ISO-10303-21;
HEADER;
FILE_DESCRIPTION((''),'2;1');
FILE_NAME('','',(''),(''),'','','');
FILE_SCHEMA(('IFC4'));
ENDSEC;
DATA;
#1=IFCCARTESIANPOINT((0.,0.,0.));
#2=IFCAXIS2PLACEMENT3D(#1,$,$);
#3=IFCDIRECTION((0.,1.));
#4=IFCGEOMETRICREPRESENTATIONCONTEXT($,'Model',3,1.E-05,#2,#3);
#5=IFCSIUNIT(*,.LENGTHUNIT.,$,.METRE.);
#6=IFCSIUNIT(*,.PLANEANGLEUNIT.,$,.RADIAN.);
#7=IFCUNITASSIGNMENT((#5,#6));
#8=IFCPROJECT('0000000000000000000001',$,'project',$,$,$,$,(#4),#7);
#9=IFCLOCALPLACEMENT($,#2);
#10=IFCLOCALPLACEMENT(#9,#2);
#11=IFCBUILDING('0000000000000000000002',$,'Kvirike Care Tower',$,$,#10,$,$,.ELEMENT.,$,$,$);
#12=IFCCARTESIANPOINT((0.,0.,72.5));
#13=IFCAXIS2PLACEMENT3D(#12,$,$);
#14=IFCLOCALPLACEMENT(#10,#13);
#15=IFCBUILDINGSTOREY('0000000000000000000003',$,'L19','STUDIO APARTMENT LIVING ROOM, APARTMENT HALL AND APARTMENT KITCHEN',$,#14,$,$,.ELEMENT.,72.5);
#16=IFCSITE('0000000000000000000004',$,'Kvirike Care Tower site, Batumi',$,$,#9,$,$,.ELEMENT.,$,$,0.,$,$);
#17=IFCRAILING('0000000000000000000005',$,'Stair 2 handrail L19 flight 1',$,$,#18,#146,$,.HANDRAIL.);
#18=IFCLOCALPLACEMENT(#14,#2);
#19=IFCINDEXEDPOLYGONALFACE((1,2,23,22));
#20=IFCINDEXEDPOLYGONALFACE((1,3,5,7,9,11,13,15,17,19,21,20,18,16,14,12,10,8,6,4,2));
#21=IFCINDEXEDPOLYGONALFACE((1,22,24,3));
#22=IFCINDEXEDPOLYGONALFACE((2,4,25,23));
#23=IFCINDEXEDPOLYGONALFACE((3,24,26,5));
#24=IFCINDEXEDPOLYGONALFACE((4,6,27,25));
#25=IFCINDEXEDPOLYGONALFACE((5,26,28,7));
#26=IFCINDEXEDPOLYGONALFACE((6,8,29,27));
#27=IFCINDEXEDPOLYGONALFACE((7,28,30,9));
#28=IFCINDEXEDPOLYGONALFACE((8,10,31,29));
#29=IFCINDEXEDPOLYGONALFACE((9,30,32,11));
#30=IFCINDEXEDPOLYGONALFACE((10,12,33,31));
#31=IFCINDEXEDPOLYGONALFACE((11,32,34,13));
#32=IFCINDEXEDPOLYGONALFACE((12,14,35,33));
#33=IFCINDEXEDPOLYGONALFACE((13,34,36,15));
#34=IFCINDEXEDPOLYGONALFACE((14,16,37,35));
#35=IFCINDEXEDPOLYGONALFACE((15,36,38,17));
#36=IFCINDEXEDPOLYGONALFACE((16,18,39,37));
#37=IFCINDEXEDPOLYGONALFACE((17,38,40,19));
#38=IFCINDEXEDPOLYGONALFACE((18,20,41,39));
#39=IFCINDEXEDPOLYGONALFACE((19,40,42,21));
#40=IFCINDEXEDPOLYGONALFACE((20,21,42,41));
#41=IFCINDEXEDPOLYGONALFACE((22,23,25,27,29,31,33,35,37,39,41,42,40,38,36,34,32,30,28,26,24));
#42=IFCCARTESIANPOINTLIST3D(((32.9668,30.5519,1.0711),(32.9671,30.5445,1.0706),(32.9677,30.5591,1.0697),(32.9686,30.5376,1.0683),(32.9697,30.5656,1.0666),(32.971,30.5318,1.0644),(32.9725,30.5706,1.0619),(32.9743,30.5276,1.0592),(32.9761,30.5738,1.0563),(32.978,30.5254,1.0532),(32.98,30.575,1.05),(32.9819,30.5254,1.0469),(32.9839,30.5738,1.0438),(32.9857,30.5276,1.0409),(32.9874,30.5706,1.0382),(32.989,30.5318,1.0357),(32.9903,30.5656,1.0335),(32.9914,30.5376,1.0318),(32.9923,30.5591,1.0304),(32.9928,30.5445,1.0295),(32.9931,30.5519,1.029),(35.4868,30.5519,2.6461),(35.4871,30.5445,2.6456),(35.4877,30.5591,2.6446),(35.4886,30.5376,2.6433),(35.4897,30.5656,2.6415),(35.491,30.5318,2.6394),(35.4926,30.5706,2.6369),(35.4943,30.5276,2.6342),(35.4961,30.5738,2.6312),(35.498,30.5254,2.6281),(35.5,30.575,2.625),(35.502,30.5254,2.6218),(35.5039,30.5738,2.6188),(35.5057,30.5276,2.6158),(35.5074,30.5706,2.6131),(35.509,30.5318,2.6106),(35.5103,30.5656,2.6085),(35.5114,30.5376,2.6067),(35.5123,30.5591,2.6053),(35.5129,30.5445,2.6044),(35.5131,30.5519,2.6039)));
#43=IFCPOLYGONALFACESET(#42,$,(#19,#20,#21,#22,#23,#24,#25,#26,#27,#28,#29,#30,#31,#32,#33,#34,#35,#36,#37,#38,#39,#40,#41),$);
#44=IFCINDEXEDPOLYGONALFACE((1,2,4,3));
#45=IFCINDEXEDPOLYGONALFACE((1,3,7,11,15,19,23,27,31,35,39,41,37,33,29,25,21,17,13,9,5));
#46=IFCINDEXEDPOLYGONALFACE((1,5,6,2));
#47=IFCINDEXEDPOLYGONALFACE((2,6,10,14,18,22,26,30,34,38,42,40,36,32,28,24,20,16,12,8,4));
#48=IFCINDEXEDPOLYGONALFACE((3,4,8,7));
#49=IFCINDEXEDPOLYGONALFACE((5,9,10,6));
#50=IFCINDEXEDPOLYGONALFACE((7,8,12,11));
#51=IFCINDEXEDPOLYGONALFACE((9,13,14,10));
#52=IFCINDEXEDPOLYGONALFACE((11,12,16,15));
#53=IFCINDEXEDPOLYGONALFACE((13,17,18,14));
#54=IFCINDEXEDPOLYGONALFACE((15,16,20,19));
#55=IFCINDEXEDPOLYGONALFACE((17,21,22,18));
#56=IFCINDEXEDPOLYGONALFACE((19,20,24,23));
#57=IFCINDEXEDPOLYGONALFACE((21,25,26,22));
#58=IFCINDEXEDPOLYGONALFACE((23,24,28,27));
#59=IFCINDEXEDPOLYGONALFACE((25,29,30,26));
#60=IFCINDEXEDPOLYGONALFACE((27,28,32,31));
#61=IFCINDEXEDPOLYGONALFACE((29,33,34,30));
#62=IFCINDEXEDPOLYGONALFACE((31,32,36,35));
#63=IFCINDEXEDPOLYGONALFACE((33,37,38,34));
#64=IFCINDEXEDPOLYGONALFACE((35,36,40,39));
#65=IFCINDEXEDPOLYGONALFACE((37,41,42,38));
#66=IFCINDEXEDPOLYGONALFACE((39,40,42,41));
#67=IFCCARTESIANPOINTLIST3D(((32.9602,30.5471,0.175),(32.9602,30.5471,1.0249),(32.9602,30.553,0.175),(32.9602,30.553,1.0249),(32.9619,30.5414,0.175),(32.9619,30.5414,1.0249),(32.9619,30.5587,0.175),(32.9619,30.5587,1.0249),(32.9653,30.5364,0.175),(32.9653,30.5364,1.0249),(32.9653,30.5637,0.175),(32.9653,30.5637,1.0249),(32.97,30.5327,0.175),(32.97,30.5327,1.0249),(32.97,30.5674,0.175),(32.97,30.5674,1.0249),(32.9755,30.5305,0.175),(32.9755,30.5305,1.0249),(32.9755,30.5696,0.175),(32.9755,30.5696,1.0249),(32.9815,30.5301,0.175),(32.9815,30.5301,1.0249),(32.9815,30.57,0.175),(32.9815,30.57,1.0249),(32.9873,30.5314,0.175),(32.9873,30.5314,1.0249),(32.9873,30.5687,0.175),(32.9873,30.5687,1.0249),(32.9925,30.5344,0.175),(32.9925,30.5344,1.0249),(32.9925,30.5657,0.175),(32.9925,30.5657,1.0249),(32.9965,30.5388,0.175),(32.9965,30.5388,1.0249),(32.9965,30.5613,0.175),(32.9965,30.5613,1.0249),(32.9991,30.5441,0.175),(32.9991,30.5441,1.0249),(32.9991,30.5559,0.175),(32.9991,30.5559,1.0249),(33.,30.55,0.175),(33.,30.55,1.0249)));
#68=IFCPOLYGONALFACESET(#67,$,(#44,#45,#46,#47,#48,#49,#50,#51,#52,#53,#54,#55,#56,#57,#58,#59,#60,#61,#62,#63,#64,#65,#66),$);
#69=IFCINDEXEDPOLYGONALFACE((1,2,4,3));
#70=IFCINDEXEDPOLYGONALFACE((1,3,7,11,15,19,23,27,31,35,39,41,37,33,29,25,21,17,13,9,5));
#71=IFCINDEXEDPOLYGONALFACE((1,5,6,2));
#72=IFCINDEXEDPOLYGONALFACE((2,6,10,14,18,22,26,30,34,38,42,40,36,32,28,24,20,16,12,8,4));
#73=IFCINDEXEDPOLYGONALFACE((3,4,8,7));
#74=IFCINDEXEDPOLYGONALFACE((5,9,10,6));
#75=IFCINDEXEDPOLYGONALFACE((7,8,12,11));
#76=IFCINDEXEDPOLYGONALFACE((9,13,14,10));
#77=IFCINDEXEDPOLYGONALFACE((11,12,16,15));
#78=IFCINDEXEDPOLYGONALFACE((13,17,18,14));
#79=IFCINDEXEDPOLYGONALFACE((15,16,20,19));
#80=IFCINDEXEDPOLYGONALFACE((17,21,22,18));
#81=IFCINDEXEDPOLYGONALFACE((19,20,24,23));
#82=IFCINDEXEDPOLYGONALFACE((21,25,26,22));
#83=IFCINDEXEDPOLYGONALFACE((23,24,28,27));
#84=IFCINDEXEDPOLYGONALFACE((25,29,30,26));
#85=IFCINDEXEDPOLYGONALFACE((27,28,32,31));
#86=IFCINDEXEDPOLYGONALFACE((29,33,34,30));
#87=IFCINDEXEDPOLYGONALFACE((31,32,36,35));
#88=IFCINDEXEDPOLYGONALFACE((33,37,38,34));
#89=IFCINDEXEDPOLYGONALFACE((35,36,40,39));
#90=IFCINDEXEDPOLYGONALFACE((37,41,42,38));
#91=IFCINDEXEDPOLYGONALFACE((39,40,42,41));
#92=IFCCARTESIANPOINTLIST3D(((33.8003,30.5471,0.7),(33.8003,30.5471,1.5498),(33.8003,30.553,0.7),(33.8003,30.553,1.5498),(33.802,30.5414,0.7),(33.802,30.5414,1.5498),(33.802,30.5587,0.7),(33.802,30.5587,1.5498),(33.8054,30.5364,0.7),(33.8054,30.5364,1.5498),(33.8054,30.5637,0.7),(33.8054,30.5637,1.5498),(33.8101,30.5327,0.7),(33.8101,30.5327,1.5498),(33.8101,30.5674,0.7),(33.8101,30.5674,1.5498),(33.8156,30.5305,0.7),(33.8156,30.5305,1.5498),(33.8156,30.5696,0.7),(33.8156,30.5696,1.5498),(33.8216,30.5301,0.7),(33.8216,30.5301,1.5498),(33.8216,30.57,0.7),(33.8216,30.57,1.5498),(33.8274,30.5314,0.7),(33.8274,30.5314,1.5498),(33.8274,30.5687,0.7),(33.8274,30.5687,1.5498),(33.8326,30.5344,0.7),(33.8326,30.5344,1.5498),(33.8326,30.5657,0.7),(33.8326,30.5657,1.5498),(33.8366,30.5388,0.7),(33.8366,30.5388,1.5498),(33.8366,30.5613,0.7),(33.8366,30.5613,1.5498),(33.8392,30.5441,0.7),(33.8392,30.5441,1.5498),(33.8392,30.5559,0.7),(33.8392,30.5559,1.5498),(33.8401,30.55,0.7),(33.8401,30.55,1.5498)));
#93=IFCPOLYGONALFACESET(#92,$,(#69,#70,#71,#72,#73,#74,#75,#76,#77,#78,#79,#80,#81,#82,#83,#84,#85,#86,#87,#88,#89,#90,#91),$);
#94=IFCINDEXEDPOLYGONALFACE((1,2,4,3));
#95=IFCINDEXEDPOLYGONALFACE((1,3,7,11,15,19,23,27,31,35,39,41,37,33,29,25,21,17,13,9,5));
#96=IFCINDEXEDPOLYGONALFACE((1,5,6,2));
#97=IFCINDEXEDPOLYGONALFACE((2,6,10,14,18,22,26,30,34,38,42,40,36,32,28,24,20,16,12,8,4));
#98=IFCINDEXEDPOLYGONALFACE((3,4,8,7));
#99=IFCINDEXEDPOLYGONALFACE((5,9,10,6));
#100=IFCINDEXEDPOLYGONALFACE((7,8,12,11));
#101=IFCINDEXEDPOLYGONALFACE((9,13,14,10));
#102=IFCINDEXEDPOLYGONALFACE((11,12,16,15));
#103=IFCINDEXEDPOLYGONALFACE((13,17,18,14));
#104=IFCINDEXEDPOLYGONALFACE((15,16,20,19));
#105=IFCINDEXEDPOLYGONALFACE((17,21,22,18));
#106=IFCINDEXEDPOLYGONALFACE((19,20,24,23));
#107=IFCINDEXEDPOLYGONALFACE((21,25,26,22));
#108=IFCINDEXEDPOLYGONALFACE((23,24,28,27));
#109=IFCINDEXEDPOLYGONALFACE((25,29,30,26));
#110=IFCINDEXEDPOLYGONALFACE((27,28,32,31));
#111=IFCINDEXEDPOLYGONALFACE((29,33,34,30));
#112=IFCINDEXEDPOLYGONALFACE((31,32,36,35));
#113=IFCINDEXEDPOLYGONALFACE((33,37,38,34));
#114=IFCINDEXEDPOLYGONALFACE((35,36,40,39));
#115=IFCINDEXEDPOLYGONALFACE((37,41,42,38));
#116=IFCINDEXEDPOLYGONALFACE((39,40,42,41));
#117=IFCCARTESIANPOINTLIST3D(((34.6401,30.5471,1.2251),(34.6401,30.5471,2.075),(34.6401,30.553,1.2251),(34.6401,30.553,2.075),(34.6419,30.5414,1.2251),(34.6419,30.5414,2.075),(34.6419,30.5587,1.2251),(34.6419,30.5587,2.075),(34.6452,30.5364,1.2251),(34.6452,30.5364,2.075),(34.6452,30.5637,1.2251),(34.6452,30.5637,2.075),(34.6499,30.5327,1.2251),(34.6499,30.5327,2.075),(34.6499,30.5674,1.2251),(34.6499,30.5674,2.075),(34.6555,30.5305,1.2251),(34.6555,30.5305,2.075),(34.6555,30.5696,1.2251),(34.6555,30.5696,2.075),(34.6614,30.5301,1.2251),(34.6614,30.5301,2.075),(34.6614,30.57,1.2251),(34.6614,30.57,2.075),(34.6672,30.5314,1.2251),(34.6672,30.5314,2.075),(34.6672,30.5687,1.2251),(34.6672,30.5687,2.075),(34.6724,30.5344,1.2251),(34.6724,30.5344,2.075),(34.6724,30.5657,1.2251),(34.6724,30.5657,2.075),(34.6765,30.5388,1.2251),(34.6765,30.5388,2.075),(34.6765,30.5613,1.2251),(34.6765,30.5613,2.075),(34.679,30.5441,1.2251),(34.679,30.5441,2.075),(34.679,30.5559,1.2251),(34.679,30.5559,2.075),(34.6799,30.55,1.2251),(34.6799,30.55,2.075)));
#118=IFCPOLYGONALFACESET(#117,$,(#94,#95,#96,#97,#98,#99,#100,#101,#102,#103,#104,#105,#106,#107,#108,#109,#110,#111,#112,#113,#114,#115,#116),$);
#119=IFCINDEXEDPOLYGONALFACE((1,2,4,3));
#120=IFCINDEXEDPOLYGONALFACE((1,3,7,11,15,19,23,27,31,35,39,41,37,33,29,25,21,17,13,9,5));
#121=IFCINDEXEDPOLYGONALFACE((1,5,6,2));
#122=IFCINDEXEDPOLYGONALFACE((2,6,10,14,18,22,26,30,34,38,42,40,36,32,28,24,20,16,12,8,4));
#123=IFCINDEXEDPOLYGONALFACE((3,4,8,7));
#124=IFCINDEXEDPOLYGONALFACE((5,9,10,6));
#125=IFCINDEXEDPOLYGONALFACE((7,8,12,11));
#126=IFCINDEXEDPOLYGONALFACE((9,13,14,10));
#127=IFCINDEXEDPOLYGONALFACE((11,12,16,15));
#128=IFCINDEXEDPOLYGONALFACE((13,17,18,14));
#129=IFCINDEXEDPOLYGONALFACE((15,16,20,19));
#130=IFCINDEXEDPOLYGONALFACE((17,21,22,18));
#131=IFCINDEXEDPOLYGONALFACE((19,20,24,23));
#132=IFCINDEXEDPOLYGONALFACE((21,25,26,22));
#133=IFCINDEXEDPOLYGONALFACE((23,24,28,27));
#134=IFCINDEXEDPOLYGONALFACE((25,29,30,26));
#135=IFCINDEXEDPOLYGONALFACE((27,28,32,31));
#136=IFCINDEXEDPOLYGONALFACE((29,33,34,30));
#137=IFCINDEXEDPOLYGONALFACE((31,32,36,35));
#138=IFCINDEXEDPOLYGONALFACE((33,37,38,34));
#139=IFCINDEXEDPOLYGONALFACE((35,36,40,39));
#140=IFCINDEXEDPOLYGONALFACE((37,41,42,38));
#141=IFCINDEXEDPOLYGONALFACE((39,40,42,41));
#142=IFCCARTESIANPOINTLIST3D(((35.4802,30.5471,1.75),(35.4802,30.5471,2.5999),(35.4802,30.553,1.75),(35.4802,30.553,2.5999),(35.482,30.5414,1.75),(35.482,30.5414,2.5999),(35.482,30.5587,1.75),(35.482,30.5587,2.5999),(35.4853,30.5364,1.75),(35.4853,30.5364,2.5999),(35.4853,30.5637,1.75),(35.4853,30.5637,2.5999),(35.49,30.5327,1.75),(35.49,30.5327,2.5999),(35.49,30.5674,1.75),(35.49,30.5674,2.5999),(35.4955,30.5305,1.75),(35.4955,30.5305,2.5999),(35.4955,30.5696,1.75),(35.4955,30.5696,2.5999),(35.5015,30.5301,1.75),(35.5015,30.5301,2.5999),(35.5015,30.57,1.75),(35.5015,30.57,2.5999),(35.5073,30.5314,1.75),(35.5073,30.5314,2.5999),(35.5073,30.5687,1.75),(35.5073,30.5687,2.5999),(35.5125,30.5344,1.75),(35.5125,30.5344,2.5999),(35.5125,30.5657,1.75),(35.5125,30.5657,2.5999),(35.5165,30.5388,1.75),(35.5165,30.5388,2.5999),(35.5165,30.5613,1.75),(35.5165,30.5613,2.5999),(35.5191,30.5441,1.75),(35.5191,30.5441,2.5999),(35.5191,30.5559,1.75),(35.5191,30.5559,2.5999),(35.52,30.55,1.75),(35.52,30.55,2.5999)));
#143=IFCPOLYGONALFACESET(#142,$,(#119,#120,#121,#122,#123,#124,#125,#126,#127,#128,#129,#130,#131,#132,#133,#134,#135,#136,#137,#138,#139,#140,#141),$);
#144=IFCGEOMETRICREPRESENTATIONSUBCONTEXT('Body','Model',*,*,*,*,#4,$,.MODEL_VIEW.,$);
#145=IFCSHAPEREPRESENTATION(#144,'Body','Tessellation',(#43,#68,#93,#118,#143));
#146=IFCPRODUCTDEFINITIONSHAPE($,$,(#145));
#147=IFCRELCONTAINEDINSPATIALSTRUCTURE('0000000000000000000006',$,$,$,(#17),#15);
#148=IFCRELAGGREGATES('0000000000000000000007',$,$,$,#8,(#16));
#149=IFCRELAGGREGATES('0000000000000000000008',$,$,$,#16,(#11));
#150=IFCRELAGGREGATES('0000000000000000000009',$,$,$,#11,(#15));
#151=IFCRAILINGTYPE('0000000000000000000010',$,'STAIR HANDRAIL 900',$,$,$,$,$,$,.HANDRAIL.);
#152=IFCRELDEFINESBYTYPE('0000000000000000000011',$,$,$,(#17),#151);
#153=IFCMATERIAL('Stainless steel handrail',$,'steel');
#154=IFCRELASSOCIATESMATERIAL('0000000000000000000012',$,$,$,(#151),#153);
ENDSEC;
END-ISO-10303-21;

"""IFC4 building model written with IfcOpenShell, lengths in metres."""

from ifc_helpers import new_model, si_unit, direction, frame, origin, origin_2d, place, context, subcontext, project, spatial, circle, extrude, material, type_object, element, save


model = new_model("IFC4")

# Units and contexts
model_context = context("Model", 3, precision=1e-05, world=origin(), true_north=direction((0.0, 1.0)))
body_context = subcontext(model_context, "Body", "Model", "MODEL_VIEW")
ifc_project = project(units=[si_unit("LENGTHUNIT", "METRE"), si_unit("PLANEANGLEUNIT", "RADIAN")], contexts=[model_context])

# Site, building, storey
site_placement = place(None, origin())
site = spatial("IfcSite", under=ifc_project, at=site_placement, Name="Kvirike Care Tower site, Batumi", CompositionType="ELEMENT", RefElevation=0.0)
building_placement = place(site_placement, origin())
building = spatial("IfcBuilding", under=site, at=building_placement, Name="Kvirike Care Tower", CompositionType="ELEMENT")
storey_placement = place(building_placement, frame((0.0, 0.0, 72.5)))
storey = spatial("IfcBuildingStorey", under=building, at=storey_placement, Name="L19", Description="STUDIO APARTMENT LIVING ROOM, APARTMENT HALL AND APARTMENT KITCHEN", CompositionType="ELEMENT", Elevation=72.5)

# Railing
ifc_material_1 = material(Name="Stainless steel handrail", Category="steel")
railing_type = type_object("IfcRailingType", Name="STAIR HANDRAIL 900", PredefinedType="HANDRAIL", material=ifc_material_1)
railing_placement = place(storey_placement, frame((32.98, 30.55, 0.175)))
element("IfcRailing", 1, at=railing_placement, inside=storey, type_object=railing_type, Name="Stair 2 handrail L19 flight 1", PredefinedType="HANDRAIL", context=body_context, shape_type="SweptSolid", body=[
    extrude(circle(Radius=0.0249, at=origin_2d()), frame((0.0, 0.0, 0.875), z_axis=(0.848008, 0.0, 0.529984), x_axis=(0.0, 1.0, 0.0)), (0.0, 0.0, 1.0), 2.9717),
    extrude(circle(Radius=0.02, at=origin_2d()), origin(), (0.0, 0.0, 1.0), 0.8499),
    extrude(circle(Radius=0.02, at=origin_2d()), frame((0.8401, 0.0, 0.5249)), (0.0, 0.0, 1.0), 0.8499),
    extrude(circle(Radius=0.02, at=origin_2d()), frame((1.6799, 0.0, 1.05)), (0.0, 0.0, 1.0), 0.8499),
    extrude(circle(Radius=0.02, at=origin_2d()), frame((2.52, 0.0, 1.575)), (0.0, 0.0, 1.0), 0.8499),
])

save(model, "model.ifc")
